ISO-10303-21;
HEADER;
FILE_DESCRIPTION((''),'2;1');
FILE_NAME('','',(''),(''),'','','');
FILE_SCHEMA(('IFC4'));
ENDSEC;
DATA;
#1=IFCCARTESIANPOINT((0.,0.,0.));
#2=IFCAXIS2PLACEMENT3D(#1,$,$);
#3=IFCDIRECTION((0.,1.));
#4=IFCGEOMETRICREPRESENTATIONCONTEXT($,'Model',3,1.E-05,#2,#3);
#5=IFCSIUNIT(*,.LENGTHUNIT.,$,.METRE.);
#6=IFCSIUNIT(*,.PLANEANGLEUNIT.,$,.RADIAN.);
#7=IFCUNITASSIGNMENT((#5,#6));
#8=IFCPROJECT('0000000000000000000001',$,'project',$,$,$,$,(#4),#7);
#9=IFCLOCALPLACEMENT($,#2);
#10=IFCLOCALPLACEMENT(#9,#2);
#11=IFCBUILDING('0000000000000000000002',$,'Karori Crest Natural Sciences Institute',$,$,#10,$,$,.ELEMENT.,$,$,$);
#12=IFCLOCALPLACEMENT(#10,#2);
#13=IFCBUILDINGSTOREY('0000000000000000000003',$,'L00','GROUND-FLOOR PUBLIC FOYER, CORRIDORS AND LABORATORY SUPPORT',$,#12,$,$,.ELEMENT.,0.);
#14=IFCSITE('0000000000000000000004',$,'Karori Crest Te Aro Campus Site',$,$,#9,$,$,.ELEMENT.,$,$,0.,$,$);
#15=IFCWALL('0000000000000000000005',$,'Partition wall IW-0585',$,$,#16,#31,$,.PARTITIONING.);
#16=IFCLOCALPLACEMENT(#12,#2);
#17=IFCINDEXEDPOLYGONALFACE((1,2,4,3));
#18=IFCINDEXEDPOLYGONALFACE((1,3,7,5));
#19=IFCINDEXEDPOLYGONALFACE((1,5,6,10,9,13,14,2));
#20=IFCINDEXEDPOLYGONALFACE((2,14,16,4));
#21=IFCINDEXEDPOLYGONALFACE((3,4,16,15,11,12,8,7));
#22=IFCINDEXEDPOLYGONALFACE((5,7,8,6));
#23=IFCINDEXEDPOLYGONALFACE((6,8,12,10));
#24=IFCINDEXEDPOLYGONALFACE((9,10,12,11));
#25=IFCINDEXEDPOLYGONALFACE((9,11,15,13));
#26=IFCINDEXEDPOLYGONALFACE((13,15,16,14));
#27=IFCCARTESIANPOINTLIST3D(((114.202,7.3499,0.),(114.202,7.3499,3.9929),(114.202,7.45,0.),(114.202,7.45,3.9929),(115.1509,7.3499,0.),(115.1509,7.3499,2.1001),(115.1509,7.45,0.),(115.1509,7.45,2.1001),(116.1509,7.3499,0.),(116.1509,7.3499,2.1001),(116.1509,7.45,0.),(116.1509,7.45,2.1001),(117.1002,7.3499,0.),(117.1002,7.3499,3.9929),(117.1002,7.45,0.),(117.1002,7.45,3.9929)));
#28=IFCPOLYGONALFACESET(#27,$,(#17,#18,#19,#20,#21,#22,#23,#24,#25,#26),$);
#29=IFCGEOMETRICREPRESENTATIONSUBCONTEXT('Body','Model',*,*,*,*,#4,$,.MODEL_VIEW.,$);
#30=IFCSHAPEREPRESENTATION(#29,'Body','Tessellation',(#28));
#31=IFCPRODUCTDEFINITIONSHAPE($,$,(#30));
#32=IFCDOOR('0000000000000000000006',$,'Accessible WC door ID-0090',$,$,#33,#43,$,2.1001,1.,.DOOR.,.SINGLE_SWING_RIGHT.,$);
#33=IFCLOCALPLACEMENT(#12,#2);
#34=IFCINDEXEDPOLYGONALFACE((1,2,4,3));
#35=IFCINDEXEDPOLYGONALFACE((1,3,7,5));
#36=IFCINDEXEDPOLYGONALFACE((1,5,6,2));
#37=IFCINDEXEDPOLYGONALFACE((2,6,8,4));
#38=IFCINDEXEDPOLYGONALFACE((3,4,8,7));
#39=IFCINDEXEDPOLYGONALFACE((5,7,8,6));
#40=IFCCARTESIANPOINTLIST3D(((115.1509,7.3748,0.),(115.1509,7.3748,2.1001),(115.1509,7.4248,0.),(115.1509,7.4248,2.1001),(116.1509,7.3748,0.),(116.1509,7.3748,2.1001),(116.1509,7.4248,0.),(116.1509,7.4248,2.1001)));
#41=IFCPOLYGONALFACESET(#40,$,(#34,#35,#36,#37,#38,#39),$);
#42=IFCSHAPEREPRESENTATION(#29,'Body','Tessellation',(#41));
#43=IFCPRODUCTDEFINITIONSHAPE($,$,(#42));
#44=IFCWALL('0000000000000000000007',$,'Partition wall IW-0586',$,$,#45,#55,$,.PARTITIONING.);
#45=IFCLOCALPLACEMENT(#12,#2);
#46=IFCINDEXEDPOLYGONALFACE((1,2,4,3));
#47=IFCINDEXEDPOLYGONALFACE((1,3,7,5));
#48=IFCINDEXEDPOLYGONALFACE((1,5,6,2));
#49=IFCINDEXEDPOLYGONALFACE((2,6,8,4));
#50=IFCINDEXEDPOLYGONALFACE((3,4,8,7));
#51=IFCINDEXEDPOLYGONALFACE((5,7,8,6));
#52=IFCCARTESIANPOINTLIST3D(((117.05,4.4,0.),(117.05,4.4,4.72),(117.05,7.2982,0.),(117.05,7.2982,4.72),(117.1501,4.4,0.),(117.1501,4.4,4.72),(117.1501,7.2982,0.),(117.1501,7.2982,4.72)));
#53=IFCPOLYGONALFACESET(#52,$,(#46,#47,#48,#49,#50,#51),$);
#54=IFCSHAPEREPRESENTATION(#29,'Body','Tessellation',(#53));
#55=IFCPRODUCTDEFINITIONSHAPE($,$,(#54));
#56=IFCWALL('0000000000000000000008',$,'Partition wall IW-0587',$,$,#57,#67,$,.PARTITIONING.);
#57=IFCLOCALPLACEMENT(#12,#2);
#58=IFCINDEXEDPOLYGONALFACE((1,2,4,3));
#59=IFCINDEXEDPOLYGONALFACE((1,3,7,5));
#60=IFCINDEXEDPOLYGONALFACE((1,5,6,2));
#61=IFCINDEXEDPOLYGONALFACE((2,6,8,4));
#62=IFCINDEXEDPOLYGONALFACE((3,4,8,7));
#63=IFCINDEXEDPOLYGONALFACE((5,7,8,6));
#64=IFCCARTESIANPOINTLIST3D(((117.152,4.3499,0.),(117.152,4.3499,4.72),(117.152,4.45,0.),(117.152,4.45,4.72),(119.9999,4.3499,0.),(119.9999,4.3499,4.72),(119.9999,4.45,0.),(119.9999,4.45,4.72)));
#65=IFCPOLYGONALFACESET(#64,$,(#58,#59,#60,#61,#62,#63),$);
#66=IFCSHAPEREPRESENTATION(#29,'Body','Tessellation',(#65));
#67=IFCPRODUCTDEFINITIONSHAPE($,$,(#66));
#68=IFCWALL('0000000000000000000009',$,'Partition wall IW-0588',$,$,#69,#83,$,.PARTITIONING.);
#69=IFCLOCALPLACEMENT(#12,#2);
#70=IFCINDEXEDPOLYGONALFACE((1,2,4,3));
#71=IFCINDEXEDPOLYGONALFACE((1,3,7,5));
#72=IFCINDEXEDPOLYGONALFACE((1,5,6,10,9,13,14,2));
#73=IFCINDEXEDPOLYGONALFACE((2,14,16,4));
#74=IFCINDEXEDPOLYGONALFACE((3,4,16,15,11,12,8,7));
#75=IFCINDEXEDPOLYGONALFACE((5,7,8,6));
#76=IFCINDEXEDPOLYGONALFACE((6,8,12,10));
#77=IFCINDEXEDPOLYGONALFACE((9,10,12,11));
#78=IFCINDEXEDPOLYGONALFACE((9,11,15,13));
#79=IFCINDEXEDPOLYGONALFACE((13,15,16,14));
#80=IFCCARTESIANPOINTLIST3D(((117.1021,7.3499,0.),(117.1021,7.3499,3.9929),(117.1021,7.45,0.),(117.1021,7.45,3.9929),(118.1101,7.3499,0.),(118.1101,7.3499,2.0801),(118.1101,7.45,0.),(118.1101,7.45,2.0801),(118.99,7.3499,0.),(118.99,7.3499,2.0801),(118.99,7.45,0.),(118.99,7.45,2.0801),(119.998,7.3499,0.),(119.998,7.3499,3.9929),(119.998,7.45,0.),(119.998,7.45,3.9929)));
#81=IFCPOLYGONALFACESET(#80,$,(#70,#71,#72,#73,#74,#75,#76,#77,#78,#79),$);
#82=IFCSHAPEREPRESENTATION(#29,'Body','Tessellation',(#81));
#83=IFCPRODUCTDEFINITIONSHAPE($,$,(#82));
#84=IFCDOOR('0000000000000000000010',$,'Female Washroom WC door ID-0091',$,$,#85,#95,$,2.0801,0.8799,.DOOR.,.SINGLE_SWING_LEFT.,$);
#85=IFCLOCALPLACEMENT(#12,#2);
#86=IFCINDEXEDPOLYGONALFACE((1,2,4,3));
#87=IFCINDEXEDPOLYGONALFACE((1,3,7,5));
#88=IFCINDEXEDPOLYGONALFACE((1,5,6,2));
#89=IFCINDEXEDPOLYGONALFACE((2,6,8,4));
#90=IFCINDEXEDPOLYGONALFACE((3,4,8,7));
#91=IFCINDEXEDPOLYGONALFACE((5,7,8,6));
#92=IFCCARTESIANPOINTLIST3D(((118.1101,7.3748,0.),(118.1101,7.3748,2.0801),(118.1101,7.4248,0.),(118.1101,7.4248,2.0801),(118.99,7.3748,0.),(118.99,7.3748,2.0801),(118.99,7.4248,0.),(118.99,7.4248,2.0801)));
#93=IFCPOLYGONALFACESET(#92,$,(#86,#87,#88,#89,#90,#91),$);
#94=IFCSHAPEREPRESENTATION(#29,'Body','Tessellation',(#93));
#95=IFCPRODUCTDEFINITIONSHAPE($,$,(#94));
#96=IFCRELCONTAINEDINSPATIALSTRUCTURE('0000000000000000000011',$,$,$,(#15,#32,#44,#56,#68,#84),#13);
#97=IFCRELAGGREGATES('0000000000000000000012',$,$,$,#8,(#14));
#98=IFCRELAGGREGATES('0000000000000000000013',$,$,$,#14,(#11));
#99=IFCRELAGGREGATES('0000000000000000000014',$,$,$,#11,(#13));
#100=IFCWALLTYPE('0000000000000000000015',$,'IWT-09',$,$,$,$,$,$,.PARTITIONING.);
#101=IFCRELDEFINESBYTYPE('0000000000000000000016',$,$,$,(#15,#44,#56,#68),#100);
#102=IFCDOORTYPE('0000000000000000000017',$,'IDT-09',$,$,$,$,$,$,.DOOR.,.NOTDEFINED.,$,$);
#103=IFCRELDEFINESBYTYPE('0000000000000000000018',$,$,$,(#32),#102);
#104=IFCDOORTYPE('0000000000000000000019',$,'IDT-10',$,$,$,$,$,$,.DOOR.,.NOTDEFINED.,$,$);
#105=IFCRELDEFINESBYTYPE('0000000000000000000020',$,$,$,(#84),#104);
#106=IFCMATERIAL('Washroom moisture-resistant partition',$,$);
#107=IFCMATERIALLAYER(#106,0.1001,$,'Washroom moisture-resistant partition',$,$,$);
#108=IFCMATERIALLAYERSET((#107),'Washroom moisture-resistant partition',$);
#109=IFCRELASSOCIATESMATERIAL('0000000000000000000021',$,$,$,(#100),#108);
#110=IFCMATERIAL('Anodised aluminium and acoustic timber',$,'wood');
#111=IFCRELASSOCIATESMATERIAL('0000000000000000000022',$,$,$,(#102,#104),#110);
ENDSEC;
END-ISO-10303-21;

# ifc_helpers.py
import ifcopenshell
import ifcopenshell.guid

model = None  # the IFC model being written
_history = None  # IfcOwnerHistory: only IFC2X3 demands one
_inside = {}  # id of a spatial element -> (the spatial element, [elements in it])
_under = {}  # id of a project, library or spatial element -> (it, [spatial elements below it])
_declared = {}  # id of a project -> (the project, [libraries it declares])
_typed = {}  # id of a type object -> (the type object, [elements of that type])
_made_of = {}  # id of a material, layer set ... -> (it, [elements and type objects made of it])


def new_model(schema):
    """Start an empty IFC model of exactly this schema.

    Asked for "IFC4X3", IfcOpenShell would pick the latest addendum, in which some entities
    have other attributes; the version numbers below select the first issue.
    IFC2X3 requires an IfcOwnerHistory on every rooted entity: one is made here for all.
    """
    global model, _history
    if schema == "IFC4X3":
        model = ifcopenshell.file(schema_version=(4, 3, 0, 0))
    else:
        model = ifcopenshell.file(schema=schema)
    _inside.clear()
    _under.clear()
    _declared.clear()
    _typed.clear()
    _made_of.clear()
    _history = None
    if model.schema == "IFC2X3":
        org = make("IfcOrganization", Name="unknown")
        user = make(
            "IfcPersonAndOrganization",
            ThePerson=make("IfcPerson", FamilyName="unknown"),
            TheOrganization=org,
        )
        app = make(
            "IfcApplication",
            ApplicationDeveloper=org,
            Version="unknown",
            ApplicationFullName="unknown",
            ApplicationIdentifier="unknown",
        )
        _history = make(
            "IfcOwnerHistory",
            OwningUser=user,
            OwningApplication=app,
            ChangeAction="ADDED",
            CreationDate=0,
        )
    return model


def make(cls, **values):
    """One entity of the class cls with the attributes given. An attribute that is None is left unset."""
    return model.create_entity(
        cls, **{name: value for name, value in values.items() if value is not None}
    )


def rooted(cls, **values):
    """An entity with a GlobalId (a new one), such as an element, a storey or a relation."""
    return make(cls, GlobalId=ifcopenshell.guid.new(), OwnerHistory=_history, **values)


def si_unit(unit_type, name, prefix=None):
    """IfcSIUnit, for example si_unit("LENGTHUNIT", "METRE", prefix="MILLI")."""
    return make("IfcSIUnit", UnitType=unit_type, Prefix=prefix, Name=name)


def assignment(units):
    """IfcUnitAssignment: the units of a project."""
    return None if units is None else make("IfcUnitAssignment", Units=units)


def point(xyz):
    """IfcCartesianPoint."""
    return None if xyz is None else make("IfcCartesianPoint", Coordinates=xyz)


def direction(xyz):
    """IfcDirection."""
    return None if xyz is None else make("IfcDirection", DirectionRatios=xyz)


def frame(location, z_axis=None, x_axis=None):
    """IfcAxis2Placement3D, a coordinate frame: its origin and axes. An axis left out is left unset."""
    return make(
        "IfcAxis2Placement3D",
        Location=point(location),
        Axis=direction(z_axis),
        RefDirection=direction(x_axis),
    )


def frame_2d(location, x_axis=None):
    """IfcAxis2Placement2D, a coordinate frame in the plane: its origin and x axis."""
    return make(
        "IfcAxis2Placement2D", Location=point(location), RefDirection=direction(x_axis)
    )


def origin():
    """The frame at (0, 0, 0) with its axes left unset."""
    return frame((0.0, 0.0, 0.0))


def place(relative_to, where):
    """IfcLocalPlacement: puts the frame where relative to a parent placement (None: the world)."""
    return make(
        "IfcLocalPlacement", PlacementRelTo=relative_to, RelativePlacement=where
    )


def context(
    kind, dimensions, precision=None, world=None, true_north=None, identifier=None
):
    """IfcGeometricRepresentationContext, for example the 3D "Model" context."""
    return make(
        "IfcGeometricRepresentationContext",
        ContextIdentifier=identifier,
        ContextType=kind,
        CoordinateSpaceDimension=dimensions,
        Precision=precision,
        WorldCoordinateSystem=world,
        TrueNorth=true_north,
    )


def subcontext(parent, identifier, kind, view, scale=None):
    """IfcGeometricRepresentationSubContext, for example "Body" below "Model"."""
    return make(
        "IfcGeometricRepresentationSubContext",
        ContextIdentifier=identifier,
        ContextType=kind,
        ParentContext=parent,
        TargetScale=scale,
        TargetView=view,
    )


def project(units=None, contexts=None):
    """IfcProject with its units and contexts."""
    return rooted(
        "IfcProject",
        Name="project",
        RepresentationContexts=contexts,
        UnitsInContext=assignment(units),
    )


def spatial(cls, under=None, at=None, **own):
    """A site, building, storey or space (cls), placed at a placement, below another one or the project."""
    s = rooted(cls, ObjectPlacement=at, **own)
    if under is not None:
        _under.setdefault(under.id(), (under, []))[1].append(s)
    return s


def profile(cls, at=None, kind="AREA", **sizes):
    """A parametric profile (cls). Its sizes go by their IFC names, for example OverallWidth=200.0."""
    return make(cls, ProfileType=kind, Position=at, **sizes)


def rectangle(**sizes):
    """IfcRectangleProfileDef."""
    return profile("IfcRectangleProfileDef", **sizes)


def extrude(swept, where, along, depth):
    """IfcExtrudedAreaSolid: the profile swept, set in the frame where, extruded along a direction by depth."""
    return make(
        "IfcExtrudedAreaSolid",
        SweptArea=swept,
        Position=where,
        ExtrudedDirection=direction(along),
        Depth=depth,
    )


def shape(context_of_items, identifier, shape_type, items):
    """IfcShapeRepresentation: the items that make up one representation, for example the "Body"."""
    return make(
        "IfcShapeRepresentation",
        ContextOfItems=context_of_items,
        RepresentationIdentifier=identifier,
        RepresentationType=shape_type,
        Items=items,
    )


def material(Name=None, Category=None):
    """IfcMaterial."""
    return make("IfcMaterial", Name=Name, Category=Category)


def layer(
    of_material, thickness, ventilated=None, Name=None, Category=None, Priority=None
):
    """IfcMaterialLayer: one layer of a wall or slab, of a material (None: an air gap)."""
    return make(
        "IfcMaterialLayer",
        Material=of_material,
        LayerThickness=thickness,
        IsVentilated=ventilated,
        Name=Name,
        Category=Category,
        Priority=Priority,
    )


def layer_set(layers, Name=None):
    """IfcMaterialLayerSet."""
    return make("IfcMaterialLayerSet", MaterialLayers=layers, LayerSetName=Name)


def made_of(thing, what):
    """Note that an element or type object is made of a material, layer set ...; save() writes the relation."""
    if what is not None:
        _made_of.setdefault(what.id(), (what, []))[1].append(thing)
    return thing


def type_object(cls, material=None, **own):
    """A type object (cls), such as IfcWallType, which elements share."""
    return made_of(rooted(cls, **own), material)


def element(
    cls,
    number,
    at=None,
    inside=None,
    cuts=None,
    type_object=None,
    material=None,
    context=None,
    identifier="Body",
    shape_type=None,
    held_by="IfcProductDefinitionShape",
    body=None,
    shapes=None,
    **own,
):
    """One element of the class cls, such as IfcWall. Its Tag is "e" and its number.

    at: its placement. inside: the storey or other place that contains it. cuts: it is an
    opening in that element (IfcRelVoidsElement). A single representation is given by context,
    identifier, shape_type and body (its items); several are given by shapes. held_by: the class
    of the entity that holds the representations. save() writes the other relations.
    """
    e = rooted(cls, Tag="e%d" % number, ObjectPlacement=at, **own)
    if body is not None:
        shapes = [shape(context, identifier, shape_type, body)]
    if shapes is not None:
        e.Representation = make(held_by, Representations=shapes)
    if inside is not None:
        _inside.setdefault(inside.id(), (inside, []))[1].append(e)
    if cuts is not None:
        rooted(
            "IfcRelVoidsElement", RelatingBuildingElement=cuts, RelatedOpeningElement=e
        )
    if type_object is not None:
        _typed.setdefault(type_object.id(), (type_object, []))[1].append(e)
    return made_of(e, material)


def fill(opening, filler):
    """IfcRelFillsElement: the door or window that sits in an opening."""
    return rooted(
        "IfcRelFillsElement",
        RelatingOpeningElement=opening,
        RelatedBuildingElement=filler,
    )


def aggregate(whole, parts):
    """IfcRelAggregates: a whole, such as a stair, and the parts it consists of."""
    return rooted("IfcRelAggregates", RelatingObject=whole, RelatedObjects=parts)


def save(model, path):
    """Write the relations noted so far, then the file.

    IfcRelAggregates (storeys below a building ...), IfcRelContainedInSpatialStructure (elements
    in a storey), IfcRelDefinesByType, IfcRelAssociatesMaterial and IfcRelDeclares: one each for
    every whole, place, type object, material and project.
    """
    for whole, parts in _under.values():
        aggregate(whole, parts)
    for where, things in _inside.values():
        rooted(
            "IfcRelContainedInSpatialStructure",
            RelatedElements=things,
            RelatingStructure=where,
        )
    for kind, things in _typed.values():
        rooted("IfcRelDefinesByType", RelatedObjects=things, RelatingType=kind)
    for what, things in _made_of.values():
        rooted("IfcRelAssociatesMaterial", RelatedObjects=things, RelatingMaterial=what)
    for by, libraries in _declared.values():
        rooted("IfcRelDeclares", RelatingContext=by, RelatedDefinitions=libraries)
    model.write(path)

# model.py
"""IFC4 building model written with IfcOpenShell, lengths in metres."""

from ifc_helpers import new_model, si_unit, direction, frame, frame_2d, origin, place, context, subcontext, project, spatial, rectangle, extrude, material, layer, layer_set, type_object, element, fill, save


model = new_model("IFC4")

# Units and contexts
model_context = context("Model", 3, precision=1e-05, world=origin(), true_north=direction((0.0, 1.0)))
body_context = subcontext(model_context, "Body", "Model", "MODEL_VIEW")
ifc_project = project(units=[si_unit("LENGTHUNIT", "METRE"), si_unit("PLANEANGLEUNIT", "RADIAN")], contexts=[model_context])

# Site, building, storey
site_placement = place(None, origin())
site = spatial("IfcSite", under=ifc_project, at=site_placement, Name="Karori Crest Te Aro Campus Site", CompositionType="ELEMENT", RefElevation=0.0)
building_placement = place(site_placement, origin())
building = spatial("IfcBuilding", under=site, at=building_placement, Name="Karori Crest Natural Sciences Institute", CompositionType="ELEMENT")
storey_placement = place(building_placement, origin())
storey = spatial("IfcBuildingStorey", under=building, at=storey_placement, Name="L00", Description="GROUND-FLOOR PUBLIC FOYER, CORRIDORS AND LABORATORY SUPPORT", CompositionType="ELEMENT", Elevation=0.0)

# Shared definitions
ifc_material_1 = material(Name="Washroom moisture-resistant partition")
ifc_layer_1 = layer(ifc_material_1, 0.1001, Name="Washroom moisture-resistant partition")
ifc_layer_set_1 = layer_set([ifc_layer_1], Name="Washroom moisture-resistant partition")
wall_type_1 = type_object("IfcWallType", Name="IWT-09", PredefinedType="PARTITIONING", material=ifc_layer_set_1)

# Wall, opening, door
wall_1_placement = place(storey_placement, frame((114.2019, 7.3999, 0.0), z_axis=(0.0, 0.0, 1.0), x_axis=(1.0, 0.0, 0.0)))
wall_1 = element("IfcWall", 1, at=wall_1_placement, inside=storey, type_object=wall_type_1, Name="Partition wall IW-0585", PredefinedType="PARTITIONING", context=body_context, shape_type="SweptSolid", body=[
    extrude(rectangle(XDim=2.8982, YDim=0.1001, at=frame_2d((1.4492, 0.0))), origin(), (0.0, 0.0, 1.0), 3.9929),
])
opening_1_placement = place(wall_1_placement, frame((0.949, 0.0, 0.0)))
opening_1 = element("IfcOpeningElement", 2, at=opening_1_placement, cuts=wall_1, PredefinedType="OPENING", context=body_context, shape_type="SweptSolid", body=[
    extrude(rectangle(XDim=1.0, YDim=2.1001, at=frame_2d((0.5, 1.05))), frame((0.0, 0.0601, 0.0), z_axis=(0.0, -1.0, 0.0), x_axis=(1.0, 0.0, 0.0)), (0.0, 0.0, 1.0), 0.1201),
])
ifc_material_2 = material(Name="Anodised aluminium and acoustic timber", Category="wood")
door_type_1 = type_object("IfcDoorType", Name="IDT-09", OperationType="NOTDEFINED", PredefinedType="DOOR", material=ifc_material_2)
door_1_placement = place(opening_1_placement, origin())
door_1 = element("IfcDoor", 3, at=door_1_placement, inside=storey, type_object=door_type_1, Name="Accessible WC door ID-0090", OperationType="SINGLE_SWING_RIGHT", OverallHeight=2.1001, OverallWidth=1.0, PredefinedType="DOOR", context=body_context, shape_type="SweptSolid", body=[
    extrude(rectangle(XDim=1.0, YDim=2.1001, at=frame_2d((0.5, 1.05))), frame((0.0, 0.0249, 0.0), z_axis=(0.0, -1.0, 0.0), x_axis=(1.0, 0.0, 0.0)), (0.0, 0.0, 1.0), 0.05),
])
fill(opening_1, door_1)

# Walls
wall_2_placement = place(storey_placement, frame((117.1001, 4.3999, 0.0), z_axis=(0.0, 0.0, 1.0), x_axis=(0.0, 1.0, 0.0)))
element("IfcWall", 4, at=wall_2_placement, inside=storey, type_object=wall_type_1, Name="Partition wall IW-0586", PredefinedType="PARTITIONING", context=body_context, shape_type="SweptSolid", body=[
    extrude(rectangle(XDim=2.8982, YDim=0.1001, at=frame_2d((1.4492, 0.0))), origin(), (0.0, 0.0, 1.0), 4.72),
])
wall_3_placement = place(storey_placement, frame((117.1521, 4.3999, 0.0), z_axis=(0.0, 0.0, 1.0), x_axis=(1.0, 0.0, 0.0)))
element("IfcWall", 5, at=wall_3_placement, inside=storey, type_object=wall_type_1, Name="Partition wall IW-0587", PredefinedType="PARTITIONING", context=body_context, shape_type="SweptSolid", body=[
    extrude(rectangle(XDim=2.8479, YDim=0.1001, at=frame_2d((1.4238, 0.0))), origin(), (0.0, 0.0, 1.0), 4.72),
])

# Wall, opening, door
wall_4_placement = place(storey_placement, frame((117.1021, 7.3999, 0.0), z_axis=(0.0, 0.0, 1.0), x_axis=(1.0, 0.0, 0.0)))
wall_4 = element("IfcWall", 6, at=wall_4_placement, inside=storey, type_object=wall_type_1, Name="Partition wall IW-0588", PredefinedType="PARTITIONING", context=body_context, shape_type="SweptSolid", body=[
    extrude(rectangle(XDim=2.896, YDim=0.1001, at=frame_2d((1.448, 0.0))), origin(), (0.0, 0.0, 1.0), 3.9929),
])
opening_2_placement = place(wall_4_placement, frame((1.0081, 0.0, 0.0)))
opening_2 = element("IfcOpeningElement", 7, at=opening_2_placement, cuts=wall_4, PredefinedType="OPENING", context=body_context, shape_type="SweptSolid", body=[
    extrude(rectangle(XDim=0.8799, YDim=2.0801, at=frame_2d((0.4399, 1.04))), frame((0.0, 0.0601, 0.0), z_axis=(0.0, -1.0, 0.0), x_axis=(1.0, 0.0, 0.0)), (0.0, 0.0, 1.0), 0.1201),
])
door_type_2 = type_object("IfcDoorType", Name="IDT-10", OperationType="NOTDEFINED", PredefinedType="DOOR", material=ifc_material_2)
door_2_placement = place(opening_2_placement, origin())
door_2 = element("IfcDoor", 8, at=door_2_placement, inside=storey, type_object=door_type_2, Name="Female Washroom WC door ID-0091", OperationType="SINGLE_SWING_LEFT", OverallHeight=2.0801, OverallWidth=0.8799, PredefinedType="DOOR", context=body_context, shape_type="SweptSolid", body=[
    extrude(rectangle(XDim=0.8799, YDim=2.0801, at=frame_2d((0.4399, 1.04))), frame((0.0, 0.0249, 0.0), z_axis=(0.0, -1.0, 0.0), x_axis=(1.0, 0.0, 0.0)), (0.0, 0.0, 1.0), 0.05),
])
fill(opening_2, door_2)

save(model, "model.ifc")
